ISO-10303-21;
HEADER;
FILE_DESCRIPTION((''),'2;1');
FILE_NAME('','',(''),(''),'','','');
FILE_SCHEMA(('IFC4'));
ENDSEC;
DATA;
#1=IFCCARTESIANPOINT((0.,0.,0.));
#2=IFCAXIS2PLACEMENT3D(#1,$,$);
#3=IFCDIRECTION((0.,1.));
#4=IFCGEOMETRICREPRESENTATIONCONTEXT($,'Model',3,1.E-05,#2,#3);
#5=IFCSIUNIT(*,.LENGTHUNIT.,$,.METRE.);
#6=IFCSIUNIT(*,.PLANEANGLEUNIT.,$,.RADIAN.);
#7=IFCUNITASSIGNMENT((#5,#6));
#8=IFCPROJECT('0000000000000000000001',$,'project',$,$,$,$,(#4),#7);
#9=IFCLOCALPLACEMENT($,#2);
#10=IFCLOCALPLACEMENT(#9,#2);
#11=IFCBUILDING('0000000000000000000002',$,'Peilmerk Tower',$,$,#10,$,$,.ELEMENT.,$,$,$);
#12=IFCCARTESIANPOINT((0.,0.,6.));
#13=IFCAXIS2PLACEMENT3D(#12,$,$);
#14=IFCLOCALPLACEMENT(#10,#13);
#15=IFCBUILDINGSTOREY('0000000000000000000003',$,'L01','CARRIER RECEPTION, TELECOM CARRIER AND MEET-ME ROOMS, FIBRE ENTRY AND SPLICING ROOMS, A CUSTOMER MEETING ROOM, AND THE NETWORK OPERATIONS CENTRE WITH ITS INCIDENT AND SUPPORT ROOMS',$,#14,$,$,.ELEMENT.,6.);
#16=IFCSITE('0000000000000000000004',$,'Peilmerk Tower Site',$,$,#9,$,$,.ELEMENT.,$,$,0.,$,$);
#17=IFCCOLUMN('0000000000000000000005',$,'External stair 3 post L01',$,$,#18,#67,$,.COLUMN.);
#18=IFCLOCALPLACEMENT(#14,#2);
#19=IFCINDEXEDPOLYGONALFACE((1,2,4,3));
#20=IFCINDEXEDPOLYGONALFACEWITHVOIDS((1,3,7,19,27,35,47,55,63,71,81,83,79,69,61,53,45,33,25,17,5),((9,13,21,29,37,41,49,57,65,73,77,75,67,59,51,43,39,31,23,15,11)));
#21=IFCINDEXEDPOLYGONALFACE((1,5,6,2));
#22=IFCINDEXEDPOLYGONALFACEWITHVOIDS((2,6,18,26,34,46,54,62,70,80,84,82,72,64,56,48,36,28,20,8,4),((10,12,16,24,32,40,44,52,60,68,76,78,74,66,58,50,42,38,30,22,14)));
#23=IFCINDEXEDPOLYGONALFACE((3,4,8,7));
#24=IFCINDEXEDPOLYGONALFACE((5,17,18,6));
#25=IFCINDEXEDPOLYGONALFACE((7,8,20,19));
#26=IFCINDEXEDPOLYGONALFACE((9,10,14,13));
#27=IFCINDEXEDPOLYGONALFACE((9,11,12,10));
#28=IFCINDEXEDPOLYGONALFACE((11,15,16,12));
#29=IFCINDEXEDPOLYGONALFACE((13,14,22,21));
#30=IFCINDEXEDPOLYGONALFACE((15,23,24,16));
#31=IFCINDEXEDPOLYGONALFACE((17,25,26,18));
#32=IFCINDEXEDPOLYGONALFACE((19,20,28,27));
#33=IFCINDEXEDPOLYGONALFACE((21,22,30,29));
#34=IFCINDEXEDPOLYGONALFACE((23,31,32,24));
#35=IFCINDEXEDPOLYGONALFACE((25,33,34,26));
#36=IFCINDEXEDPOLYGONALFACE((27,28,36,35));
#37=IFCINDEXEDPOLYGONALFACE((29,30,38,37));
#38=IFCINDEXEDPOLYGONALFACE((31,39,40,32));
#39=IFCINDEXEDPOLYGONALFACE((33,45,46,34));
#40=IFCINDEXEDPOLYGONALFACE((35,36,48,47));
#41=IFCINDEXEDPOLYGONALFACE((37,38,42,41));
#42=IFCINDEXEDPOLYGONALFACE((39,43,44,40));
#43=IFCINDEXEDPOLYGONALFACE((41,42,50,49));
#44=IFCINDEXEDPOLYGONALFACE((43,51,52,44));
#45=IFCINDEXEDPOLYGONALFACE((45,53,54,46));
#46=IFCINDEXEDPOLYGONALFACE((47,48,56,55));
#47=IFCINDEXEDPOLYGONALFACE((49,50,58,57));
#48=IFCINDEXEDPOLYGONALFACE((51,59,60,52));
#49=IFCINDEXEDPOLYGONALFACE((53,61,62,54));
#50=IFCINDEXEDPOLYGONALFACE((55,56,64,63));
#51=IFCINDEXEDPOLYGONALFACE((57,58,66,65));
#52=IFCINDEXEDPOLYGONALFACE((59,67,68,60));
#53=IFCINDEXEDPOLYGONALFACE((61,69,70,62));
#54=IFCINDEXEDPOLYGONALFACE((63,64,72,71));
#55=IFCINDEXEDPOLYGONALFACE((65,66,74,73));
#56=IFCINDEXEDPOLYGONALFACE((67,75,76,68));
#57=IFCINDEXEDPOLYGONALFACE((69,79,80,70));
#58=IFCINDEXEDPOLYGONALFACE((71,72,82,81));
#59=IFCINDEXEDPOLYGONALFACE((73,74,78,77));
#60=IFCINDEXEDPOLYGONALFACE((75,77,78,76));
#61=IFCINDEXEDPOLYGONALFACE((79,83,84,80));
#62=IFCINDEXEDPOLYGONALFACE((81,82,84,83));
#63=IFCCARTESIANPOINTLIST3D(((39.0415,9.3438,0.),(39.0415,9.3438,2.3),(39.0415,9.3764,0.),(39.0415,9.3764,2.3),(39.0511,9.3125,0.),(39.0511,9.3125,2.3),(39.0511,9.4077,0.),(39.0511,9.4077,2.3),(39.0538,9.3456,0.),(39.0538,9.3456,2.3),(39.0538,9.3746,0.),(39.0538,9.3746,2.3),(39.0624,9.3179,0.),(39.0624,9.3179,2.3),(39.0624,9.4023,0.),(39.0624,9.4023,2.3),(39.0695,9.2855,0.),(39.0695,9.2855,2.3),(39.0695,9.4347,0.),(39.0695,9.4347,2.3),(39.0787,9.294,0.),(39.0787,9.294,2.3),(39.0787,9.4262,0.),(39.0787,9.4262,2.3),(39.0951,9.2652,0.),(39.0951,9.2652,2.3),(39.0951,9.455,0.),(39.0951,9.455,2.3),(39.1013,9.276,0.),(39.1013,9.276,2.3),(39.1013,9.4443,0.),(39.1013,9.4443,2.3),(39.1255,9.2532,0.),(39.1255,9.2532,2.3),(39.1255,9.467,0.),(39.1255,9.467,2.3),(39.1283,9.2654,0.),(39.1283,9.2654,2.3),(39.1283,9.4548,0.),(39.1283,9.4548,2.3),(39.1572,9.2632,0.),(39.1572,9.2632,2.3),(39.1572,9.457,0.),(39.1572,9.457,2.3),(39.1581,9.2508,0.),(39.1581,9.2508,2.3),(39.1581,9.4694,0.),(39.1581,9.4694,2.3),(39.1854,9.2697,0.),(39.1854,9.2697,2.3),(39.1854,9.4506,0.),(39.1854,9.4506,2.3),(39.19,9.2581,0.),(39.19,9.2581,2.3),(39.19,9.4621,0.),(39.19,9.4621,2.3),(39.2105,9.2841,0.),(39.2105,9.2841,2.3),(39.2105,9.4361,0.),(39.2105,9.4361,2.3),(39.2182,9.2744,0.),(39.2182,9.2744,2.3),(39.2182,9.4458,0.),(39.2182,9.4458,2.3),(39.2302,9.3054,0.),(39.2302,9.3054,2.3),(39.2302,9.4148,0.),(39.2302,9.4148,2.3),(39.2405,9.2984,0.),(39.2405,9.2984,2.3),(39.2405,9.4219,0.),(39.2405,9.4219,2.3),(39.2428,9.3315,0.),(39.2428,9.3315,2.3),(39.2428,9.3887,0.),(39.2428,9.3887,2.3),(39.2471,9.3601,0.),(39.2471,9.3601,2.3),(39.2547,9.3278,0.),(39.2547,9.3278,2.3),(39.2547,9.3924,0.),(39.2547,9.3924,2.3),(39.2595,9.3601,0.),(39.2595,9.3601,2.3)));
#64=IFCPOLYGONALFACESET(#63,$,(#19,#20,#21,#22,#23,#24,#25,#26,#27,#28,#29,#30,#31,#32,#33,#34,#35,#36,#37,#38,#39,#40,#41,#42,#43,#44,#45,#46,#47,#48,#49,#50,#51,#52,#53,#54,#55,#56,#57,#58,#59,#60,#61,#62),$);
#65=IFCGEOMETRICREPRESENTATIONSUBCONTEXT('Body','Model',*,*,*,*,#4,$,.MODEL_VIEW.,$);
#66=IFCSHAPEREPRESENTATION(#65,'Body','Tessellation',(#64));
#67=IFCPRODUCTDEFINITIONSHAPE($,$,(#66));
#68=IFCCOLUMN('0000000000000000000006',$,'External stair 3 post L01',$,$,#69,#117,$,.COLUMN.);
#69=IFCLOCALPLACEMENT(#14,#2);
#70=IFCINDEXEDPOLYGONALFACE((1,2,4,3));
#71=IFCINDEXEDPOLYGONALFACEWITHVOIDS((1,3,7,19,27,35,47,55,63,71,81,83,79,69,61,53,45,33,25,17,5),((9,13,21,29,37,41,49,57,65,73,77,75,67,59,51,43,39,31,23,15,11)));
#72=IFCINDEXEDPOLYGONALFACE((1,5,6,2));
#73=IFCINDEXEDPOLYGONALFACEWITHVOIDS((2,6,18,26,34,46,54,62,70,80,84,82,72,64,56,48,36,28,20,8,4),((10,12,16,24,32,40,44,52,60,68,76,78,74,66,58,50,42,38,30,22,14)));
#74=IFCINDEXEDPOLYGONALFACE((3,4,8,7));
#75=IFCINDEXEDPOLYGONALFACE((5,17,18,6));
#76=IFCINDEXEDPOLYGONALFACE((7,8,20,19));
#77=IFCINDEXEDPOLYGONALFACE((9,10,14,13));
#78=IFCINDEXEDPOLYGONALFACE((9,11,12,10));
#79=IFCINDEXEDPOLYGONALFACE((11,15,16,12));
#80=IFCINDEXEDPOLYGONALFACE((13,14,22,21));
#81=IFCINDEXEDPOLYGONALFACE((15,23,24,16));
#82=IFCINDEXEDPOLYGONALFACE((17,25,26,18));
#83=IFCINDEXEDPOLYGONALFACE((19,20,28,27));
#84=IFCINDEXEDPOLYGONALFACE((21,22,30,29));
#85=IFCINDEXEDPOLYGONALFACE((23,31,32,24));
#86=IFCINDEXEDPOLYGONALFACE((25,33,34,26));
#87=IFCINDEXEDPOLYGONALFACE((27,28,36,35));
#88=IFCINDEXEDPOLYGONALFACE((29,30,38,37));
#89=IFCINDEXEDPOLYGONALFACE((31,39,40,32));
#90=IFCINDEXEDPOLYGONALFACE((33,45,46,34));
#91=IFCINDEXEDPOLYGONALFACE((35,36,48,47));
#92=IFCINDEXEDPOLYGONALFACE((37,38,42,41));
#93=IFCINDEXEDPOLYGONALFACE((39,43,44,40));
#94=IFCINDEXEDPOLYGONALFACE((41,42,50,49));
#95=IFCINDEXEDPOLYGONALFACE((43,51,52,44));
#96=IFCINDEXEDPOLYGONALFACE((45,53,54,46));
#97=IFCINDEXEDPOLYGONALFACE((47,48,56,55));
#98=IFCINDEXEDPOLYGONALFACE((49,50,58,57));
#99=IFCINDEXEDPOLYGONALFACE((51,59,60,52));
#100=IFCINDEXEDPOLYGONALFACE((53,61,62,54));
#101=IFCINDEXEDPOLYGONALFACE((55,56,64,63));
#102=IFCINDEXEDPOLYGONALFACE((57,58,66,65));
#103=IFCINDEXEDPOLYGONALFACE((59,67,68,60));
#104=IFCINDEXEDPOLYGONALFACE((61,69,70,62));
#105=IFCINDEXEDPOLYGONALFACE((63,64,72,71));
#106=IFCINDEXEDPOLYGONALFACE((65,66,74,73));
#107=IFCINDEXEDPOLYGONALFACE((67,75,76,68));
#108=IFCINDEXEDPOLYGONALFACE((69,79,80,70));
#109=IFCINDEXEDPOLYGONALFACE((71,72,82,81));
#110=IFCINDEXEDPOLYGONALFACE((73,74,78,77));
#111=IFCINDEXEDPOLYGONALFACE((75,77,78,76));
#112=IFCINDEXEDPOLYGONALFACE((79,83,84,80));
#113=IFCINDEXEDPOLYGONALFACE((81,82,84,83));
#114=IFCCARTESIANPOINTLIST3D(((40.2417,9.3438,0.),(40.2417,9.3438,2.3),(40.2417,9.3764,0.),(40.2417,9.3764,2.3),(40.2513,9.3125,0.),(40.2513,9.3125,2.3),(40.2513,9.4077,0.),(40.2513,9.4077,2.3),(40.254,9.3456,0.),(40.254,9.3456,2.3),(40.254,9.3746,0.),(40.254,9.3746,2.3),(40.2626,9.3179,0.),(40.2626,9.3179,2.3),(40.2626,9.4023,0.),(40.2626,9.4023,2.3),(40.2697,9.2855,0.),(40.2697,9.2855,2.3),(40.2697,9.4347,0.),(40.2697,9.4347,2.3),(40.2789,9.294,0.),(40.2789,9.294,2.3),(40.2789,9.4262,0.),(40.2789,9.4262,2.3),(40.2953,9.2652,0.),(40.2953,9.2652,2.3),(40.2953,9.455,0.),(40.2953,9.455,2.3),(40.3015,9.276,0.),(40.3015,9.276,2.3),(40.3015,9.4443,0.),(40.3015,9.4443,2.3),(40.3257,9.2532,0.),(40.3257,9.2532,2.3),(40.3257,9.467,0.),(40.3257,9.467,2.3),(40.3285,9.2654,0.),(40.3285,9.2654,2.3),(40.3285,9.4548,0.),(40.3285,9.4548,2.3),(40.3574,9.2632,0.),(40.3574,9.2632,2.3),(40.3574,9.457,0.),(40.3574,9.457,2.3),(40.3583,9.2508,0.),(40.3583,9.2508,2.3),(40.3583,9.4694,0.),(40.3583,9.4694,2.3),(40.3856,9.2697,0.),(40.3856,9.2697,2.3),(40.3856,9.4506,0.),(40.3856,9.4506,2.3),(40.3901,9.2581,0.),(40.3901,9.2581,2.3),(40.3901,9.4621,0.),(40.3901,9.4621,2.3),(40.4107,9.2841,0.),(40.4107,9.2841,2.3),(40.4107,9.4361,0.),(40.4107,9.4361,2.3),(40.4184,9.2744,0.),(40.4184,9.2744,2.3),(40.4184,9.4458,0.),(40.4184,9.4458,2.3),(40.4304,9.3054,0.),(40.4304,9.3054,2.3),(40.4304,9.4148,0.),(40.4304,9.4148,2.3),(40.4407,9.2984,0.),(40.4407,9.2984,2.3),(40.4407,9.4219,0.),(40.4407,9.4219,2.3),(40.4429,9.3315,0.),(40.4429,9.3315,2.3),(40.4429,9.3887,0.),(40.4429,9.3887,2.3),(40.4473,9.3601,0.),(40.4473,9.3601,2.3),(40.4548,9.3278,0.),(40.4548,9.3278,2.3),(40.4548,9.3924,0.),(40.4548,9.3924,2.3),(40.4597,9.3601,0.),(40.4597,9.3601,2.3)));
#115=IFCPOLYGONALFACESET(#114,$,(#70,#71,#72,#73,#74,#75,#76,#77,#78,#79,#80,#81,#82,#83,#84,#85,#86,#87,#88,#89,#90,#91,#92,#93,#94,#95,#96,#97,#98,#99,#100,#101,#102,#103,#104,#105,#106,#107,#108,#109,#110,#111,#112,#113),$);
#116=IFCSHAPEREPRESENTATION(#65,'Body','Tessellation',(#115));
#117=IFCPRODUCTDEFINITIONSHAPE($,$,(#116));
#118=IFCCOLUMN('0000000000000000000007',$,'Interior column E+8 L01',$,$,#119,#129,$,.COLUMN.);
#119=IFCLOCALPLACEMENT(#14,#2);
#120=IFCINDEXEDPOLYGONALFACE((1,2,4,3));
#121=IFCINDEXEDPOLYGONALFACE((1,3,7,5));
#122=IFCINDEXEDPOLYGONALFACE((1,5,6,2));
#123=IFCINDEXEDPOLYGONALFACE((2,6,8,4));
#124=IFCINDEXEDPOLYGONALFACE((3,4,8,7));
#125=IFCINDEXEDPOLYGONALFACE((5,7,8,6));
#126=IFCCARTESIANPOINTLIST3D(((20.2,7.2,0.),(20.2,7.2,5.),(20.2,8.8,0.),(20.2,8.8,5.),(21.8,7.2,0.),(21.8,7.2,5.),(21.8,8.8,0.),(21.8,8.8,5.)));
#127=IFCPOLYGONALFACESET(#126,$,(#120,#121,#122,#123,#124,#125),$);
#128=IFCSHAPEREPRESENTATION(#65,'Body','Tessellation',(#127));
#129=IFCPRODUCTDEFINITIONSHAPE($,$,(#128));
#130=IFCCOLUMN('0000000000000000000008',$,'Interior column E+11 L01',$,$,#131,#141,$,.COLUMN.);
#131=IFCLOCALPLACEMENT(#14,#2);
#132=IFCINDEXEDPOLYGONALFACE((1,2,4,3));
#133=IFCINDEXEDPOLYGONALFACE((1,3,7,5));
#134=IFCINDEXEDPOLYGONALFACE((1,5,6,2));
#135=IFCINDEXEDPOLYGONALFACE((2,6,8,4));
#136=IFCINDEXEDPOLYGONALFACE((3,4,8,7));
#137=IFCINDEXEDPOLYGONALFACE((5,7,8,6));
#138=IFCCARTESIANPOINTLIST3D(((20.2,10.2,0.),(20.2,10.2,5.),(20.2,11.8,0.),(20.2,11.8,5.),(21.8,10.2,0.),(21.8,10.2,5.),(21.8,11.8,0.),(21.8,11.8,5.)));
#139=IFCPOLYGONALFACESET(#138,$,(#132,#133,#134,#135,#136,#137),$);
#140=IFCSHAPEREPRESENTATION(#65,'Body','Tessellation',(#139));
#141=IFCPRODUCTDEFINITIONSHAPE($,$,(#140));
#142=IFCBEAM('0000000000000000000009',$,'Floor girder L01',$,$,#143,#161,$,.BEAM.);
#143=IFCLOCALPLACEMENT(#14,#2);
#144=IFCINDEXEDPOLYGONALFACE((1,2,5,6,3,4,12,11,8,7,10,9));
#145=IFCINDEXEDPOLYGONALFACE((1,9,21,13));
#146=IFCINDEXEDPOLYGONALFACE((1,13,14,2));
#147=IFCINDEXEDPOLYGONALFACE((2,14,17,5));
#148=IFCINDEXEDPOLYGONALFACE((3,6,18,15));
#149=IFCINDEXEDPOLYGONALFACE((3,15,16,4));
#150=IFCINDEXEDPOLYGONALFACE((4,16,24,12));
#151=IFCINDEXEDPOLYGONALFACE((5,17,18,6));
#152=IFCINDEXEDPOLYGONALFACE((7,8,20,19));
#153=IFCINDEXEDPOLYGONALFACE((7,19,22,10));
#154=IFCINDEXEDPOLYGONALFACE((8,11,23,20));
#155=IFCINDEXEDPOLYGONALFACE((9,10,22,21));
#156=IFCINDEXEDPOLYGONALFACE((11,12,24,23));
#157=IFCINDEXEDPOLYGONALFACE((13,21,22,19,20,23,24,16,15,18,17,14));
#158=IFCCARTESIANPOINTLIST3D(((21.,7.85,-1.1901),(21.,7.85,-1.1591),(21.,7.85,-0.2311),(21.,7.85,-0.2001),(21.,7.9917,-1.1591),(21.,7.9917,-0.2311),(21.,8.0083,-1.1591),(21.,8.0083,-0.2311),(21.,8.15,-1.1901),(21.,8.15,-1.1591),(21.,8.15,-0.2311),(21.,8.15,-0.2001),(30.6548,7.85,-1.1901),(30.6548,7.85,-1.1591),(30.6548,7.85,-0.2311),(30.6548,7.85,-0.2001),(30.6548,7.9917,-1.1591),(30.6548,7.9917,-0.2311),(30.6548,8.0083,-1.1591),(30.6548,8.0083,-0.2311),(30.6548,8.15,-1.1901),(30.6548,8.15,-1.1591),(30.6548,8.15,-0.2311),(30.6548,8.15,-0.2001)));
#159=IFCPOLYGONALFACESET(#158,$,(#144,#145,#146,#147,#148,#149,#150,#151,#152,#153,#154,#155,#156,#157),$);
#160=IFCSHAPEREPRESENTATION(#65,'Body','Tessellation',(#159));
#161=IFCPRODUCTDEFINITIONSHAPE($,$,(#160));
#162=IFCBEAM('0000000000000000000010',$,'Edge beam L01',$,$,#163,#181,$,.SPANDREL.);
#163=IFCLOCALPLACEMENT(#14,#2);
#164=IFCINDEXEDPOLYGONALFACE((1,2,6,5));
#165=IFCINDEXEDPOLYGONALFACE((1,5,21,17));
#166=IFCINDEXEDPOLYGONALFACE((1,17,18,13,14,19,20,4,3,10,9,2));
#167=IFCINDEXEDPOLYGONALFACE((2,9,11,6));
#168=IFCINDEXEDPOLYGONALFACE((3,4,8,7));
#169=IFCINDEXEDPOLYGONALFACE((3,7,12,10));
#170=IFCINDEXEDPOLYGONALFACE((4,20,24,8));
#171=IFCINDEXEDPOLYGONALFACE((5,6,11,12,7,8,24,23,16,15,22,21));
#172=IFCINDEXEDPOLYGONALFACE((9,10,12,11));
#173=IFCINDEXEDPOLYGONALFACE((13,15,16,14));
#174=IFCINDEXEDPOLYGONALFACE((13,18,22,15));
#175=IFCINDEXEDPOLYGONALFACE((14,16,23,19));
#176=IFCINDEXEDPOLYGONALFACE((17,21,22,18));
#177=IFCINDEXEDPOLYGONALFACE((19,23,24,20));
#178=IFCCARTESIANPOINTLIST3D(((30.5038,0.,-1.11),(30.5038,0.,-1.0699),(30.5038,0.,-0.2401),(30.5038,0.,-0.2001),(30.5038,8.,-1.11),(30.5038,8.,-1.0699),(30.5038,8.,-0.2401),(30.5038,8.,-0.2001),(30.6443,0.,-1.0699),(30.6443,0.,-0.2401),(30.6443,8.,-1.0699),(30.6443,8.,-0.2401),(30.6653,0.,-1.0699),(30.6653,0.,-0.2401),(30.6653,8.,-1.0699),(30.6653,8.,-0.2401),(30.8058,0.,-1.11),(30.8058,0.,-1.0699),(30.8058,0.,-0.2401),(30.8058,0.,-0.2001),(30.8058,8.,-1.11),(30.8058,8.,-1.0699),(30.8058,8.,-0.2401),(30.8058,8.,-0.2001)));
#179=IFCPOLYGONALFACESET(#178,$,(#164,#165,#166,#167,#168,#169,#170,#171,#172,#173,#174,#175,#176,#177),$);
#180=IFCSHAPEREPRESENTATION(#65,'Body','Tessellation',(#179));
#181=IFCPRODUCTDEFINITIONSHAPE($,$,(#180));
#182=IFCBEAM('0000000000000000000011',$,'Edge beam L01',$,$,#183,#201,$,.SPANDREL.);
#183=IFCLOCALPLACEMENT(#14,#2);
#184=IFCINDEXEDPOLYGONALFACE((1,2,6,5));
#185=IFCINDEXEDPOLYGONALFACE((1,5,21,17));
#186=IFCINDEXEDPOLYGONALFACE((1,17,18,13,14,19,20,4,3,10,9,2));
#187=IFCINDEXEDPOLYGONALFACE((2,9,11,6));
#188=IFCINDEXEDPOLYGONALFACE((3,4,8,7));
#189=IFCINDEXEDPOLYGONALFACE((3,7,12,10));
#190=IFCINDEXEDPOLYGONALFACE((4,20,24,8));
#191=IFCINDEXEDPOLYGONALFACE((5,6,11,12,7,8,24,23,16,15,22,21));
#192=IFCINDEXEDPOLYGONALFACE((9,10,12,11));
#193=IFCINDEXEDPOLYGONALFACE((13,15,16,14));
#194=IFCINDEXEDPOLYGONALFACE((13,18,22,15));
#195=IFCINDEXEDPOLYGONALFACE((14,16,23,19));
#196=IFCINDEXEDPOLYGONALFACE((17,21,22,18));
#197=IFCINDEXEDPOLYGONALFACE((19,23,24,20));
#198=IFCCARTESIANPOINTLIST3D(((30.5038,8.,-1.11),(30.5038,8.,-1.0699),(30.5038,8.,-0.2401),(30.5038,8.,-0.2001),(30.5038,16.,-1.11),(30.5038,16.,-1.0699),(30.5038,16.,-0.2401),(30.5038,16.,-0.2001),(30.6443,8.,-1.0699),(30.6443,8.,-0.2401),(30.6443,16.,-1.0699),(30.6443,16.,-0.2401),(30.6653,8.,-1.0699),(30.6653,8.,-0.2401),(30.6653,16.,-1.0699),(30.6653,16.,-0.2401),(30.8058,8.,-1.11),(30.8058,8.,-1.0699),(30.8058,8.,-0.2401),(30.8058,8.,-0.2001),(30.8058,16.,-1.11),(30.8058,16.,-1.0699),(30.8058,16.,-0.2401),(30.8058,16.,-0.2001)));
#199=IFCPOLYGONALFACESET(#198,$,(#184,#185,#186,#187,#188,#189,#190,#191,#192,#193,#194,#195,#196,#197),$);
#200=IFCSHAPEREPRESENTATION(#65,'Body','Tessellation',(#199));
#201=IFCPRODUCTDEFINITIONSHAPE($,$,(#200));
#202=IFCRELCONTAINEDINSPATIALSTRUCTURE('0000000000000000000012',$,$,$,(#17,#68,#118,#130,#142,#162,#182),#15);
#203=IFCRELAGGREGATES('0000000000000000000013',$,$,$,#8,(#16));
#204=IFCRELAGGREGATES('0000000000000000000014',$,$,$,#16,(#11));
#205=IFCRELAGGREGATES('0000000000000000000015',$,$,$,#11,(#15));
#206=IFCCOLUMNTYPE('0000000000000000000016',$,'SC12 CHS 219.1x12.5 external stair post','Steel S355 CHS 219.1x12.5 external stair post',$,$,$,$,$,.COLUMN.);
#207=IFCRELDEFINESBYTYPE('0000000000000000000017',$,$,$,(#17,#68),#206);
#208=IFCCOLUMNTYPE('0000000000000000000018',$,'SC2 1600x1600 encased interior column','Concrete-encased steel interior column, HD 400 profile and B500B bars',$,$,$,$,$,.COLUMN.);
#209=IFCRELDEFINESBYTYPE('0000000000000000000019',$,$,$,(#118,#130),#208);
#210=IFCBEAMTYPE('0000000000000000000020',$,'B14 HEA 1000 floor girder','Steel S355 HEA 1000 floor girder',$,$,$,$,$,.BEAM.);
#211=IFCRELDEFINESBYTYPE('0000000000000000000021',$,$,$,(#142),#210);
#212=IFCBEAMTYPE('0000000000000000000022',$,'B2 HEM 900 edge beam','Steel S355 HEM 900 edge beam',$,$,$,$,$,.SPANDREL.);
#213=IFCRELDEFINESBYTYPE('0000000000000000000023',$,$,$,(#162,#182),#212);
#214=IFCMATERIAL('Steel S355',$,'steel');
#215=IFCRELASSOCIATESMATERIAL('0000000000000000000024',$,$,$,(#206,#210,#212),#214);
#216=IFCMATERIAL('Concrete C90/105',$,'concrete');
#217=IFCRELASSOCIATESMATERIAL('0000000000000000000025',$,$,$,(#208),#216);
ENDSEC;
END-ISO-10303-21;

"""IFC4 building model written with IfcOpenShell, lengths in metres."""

from ifc_helpers import new_model, si_unit, direction, frame, origin, origin_2d, place, context, subcontext, project, spatial, rectangle, hollow_circle, i_section, extrude, material, material_profile, profile_set, type_object, element, save


model = new_model("IFC4")

# Units and contexts
model_context = context("Model", 3, precision=1e-05, world=origin(), true_north=direction((0.0, 1.0)))
body_context = subcontext(model_context, "Body", "Model", "MODEL_VIEW")
ifc_project = project(units=[si_unit("LENGTHUNIT", "METRE"), si_unit("PLANEANGLEUNIT", "RADIAN")], contexts=[model_context])

# Site, building, storey
site_placement = place(None, origin())
site = spatial("IfcSite", under=ifc_project, at=site_placement, Name="Peilmerk Tower Site", CompositionType="ELEMENT", RefElevation=0.0)
building_placement = place(site_placement, origin())
building = spatial("IfcBuilding", under=site, at=building_placement, Name="Peilmerk Tower", CompositionType="ELEMENT")
storey_placement = place(building_placement, frame((0.0, 0.0, 6.0)))
storey = spatial("IfcBuildingStorey", under=building, at=storey_placement, Name="L01", Description="CARRIER RECEPTION, TELECOM CARRIER AND MEET-ME ROOMS, FIBRE ENTRY AND SPLICING ROOMS, A CUSTOMER MEETING ROOM, AND THE NETWORK OPERATIONS CENTRE WITH ITS INCIDENT AND SUPPORT ROOMS", CompositionType="ELEMENT", Elevation=6.0)

# Columns
ifc_material_1 = material(Name="Concrete C90/105", Category="concrete")
ifc_material_2 = material(Name="Steel S355", Category="steel")
ifc_material_profile_1 = material_profile(ifc_material_2, hollow_circle(Radius=0.1096, WallThickness=0.0125, at=origin_2d()), Name="CHS 219.1x12.5")
ifc_profile_set_1 = profile_set([ifc_material_profile_1], Name="Steel S355")
column_type_1 = type_object("IfcColumnType", Name="SC12 CHS 219.1x12.5 external stair post", Description="Steel S355 CHS 219.1x12.5 external stair post", PredefinedType="COLUMN", material=ifc_profile_set_1)
for number, where, z_axis, x_axis, name in (
    (1, (39.1499, 9.3601, 0.0), (0.0, 0.0, 1.0), (1.0, 0.0, 0.0), "External stair 3 post L01"),
    (2, (40.3501, 9.3601, 0.0), (0.0, 0.0, 1.0), (1.0, 0.0, 0.0), "External stair 3 post L01"),
):
    element("IfcColumn", number, at=place(storey_placement, frame(where, z_axis=z_axis, x_axis=x_axis)), inside=storey, type_object=column_type_1, Name=name, PredefinedType="COLUMN", context=body_context, shape_type="SweptSolid", body=[
        extrude(hollow_circle(Radius=0.1096, WallThickness=0.0125, at=origin_2d()), origin(), (0.0, 0.0, 1.0), 2.3),
    ])
ifc_material_profile_2 = material_profile(ifc_material_1, rectangle(XDim=1.6001, YDim=1.6001, at=origin_2d()), Name="RC 1600x1600")
ifc_profile_set_2 = profile_set([ifc_material_profile_2], Name="Concrete C90/105")
column_type_2 = type_object("IfcColumnType", Name="SC2 1600x1600 encased interior column", Description="Concrete-encased steel interior column, HD 400 profile and B500B bars", PredefinedType="COLUMN", material=ifc_profile_set_2)
for number, where, z_axis, x_axis, name in (
    (3, (21.0, 8.0, 0.0), (0.0, 0.0, 1.0), (1.0, 0.0, 0.0), "Interior column E+8 L01"),
    (4, (21.0, 11.0, 0.0), (0.0, 0.0, 1.0), (1.0, 0.0, 0.0), "Interior column E+11 L01"),
):
    element("IfcColumn", number, at=place(storey_placement, frame(where, z_axis=z_axis, x_axis=x_axis)), inside=storey, type_object=column_type_2, Name=name, PredefinedType="COLUMN", context=body_context, shape_type="SweptSolid", body=[
        extrude(rectangle(XDim=1.6001, YDim=1.6001, at=origin_2d()), origin(), (0.0, 0.0, 1.0), 5.0),
    ])

# Beams
ifc_material_profile_3 = material_profile(ifc_material_2, i_section(OverallWidth=0.3, OverallDepth=0.99, WebThickness=0.0166, FlangeThickness=0.031, at=origin_2d()), Name="HEA 1000")
ifc_profile_set_3 = profile_set([ifc_material_profile_3], Name="Steel S355")
beam_type_1 = type_object("IfcBeamType", Name="B14 HEA 1000 floor girder", Description="Steel S355 HEA 1000 floor girder", PredefinedType="BEAM", material=ifc_profile_set_3)
beam_1_placement = place(storey_placement, frame((21.0, 8.0, -0.6951), z_axis=(1.0, 0.0, 0.0), x_axis=(0.0, 1.0, 0.0)))
element("IfcBeam", 5, at=beam_1_placement, inside=storey, type_object=beam_type_1, Name="Floor girder L01", PredefinedType="BEAM", context=body_context, shape_type="SweptSolid", body=[
    extrude(i_section(OverallWidth=0.3, OverallDepth=0.99, WebThickness=0.0166, FlangeThickness=0.031, at=origin_2d()), origin(), (0.0, 0.0, 1.0), 9.6548),
])
ifc_material_profile_4 = material_profile(ifc_material_2, i_section(OverallWidth=0.302, OverallDepth=0.9099, WebThickness=0.021, FlangeThickness=0.04, at=origin_2d()), Name="HEM 900")
ifc_profile_set_4 = profile_set([ifc_material_profile_4], Name="Steel S355")
beam_type_2 = type_object("IfcBeamType", Name="B2 HEM 900 edge beam", Description="Steel S355 HEM 900 edge beam", PredefinedType="SPANDREL", material=ifc_profile_set_4)
for number, where, z_axis, x_axis, name in (
    (6, (30.6548, 0.0, -0.655), (0.0, 1.0, 0.0), (-1.0, 0.0, 0.0), "Edge beam L01"),
    (7, (30.6548, 8.0, -0.655), (0.0, 1.0, 0.0), (-1.0, 0.0, 0.0), "Edge beam L01"),
):
    element("IfcBeam", number, at=place(storey_placement, frame(where, z_axis=z_axis, x_axis=x_axis)), inside=storey, type_object=beam_type_2, Name=name, PredefinedType="SPANDREL", context=body_context, shape_type="SweptSolid", body=[
        extrude(i_section(OverallWidth=0.302, OverallDepth=0.9099, WebThickness=0.021, FlangeThickness=0.04, at=origin_2d()), origin(), (0.0, 0.0, 1.0), 8.0),
    ])

save(model, "model.ifc")
